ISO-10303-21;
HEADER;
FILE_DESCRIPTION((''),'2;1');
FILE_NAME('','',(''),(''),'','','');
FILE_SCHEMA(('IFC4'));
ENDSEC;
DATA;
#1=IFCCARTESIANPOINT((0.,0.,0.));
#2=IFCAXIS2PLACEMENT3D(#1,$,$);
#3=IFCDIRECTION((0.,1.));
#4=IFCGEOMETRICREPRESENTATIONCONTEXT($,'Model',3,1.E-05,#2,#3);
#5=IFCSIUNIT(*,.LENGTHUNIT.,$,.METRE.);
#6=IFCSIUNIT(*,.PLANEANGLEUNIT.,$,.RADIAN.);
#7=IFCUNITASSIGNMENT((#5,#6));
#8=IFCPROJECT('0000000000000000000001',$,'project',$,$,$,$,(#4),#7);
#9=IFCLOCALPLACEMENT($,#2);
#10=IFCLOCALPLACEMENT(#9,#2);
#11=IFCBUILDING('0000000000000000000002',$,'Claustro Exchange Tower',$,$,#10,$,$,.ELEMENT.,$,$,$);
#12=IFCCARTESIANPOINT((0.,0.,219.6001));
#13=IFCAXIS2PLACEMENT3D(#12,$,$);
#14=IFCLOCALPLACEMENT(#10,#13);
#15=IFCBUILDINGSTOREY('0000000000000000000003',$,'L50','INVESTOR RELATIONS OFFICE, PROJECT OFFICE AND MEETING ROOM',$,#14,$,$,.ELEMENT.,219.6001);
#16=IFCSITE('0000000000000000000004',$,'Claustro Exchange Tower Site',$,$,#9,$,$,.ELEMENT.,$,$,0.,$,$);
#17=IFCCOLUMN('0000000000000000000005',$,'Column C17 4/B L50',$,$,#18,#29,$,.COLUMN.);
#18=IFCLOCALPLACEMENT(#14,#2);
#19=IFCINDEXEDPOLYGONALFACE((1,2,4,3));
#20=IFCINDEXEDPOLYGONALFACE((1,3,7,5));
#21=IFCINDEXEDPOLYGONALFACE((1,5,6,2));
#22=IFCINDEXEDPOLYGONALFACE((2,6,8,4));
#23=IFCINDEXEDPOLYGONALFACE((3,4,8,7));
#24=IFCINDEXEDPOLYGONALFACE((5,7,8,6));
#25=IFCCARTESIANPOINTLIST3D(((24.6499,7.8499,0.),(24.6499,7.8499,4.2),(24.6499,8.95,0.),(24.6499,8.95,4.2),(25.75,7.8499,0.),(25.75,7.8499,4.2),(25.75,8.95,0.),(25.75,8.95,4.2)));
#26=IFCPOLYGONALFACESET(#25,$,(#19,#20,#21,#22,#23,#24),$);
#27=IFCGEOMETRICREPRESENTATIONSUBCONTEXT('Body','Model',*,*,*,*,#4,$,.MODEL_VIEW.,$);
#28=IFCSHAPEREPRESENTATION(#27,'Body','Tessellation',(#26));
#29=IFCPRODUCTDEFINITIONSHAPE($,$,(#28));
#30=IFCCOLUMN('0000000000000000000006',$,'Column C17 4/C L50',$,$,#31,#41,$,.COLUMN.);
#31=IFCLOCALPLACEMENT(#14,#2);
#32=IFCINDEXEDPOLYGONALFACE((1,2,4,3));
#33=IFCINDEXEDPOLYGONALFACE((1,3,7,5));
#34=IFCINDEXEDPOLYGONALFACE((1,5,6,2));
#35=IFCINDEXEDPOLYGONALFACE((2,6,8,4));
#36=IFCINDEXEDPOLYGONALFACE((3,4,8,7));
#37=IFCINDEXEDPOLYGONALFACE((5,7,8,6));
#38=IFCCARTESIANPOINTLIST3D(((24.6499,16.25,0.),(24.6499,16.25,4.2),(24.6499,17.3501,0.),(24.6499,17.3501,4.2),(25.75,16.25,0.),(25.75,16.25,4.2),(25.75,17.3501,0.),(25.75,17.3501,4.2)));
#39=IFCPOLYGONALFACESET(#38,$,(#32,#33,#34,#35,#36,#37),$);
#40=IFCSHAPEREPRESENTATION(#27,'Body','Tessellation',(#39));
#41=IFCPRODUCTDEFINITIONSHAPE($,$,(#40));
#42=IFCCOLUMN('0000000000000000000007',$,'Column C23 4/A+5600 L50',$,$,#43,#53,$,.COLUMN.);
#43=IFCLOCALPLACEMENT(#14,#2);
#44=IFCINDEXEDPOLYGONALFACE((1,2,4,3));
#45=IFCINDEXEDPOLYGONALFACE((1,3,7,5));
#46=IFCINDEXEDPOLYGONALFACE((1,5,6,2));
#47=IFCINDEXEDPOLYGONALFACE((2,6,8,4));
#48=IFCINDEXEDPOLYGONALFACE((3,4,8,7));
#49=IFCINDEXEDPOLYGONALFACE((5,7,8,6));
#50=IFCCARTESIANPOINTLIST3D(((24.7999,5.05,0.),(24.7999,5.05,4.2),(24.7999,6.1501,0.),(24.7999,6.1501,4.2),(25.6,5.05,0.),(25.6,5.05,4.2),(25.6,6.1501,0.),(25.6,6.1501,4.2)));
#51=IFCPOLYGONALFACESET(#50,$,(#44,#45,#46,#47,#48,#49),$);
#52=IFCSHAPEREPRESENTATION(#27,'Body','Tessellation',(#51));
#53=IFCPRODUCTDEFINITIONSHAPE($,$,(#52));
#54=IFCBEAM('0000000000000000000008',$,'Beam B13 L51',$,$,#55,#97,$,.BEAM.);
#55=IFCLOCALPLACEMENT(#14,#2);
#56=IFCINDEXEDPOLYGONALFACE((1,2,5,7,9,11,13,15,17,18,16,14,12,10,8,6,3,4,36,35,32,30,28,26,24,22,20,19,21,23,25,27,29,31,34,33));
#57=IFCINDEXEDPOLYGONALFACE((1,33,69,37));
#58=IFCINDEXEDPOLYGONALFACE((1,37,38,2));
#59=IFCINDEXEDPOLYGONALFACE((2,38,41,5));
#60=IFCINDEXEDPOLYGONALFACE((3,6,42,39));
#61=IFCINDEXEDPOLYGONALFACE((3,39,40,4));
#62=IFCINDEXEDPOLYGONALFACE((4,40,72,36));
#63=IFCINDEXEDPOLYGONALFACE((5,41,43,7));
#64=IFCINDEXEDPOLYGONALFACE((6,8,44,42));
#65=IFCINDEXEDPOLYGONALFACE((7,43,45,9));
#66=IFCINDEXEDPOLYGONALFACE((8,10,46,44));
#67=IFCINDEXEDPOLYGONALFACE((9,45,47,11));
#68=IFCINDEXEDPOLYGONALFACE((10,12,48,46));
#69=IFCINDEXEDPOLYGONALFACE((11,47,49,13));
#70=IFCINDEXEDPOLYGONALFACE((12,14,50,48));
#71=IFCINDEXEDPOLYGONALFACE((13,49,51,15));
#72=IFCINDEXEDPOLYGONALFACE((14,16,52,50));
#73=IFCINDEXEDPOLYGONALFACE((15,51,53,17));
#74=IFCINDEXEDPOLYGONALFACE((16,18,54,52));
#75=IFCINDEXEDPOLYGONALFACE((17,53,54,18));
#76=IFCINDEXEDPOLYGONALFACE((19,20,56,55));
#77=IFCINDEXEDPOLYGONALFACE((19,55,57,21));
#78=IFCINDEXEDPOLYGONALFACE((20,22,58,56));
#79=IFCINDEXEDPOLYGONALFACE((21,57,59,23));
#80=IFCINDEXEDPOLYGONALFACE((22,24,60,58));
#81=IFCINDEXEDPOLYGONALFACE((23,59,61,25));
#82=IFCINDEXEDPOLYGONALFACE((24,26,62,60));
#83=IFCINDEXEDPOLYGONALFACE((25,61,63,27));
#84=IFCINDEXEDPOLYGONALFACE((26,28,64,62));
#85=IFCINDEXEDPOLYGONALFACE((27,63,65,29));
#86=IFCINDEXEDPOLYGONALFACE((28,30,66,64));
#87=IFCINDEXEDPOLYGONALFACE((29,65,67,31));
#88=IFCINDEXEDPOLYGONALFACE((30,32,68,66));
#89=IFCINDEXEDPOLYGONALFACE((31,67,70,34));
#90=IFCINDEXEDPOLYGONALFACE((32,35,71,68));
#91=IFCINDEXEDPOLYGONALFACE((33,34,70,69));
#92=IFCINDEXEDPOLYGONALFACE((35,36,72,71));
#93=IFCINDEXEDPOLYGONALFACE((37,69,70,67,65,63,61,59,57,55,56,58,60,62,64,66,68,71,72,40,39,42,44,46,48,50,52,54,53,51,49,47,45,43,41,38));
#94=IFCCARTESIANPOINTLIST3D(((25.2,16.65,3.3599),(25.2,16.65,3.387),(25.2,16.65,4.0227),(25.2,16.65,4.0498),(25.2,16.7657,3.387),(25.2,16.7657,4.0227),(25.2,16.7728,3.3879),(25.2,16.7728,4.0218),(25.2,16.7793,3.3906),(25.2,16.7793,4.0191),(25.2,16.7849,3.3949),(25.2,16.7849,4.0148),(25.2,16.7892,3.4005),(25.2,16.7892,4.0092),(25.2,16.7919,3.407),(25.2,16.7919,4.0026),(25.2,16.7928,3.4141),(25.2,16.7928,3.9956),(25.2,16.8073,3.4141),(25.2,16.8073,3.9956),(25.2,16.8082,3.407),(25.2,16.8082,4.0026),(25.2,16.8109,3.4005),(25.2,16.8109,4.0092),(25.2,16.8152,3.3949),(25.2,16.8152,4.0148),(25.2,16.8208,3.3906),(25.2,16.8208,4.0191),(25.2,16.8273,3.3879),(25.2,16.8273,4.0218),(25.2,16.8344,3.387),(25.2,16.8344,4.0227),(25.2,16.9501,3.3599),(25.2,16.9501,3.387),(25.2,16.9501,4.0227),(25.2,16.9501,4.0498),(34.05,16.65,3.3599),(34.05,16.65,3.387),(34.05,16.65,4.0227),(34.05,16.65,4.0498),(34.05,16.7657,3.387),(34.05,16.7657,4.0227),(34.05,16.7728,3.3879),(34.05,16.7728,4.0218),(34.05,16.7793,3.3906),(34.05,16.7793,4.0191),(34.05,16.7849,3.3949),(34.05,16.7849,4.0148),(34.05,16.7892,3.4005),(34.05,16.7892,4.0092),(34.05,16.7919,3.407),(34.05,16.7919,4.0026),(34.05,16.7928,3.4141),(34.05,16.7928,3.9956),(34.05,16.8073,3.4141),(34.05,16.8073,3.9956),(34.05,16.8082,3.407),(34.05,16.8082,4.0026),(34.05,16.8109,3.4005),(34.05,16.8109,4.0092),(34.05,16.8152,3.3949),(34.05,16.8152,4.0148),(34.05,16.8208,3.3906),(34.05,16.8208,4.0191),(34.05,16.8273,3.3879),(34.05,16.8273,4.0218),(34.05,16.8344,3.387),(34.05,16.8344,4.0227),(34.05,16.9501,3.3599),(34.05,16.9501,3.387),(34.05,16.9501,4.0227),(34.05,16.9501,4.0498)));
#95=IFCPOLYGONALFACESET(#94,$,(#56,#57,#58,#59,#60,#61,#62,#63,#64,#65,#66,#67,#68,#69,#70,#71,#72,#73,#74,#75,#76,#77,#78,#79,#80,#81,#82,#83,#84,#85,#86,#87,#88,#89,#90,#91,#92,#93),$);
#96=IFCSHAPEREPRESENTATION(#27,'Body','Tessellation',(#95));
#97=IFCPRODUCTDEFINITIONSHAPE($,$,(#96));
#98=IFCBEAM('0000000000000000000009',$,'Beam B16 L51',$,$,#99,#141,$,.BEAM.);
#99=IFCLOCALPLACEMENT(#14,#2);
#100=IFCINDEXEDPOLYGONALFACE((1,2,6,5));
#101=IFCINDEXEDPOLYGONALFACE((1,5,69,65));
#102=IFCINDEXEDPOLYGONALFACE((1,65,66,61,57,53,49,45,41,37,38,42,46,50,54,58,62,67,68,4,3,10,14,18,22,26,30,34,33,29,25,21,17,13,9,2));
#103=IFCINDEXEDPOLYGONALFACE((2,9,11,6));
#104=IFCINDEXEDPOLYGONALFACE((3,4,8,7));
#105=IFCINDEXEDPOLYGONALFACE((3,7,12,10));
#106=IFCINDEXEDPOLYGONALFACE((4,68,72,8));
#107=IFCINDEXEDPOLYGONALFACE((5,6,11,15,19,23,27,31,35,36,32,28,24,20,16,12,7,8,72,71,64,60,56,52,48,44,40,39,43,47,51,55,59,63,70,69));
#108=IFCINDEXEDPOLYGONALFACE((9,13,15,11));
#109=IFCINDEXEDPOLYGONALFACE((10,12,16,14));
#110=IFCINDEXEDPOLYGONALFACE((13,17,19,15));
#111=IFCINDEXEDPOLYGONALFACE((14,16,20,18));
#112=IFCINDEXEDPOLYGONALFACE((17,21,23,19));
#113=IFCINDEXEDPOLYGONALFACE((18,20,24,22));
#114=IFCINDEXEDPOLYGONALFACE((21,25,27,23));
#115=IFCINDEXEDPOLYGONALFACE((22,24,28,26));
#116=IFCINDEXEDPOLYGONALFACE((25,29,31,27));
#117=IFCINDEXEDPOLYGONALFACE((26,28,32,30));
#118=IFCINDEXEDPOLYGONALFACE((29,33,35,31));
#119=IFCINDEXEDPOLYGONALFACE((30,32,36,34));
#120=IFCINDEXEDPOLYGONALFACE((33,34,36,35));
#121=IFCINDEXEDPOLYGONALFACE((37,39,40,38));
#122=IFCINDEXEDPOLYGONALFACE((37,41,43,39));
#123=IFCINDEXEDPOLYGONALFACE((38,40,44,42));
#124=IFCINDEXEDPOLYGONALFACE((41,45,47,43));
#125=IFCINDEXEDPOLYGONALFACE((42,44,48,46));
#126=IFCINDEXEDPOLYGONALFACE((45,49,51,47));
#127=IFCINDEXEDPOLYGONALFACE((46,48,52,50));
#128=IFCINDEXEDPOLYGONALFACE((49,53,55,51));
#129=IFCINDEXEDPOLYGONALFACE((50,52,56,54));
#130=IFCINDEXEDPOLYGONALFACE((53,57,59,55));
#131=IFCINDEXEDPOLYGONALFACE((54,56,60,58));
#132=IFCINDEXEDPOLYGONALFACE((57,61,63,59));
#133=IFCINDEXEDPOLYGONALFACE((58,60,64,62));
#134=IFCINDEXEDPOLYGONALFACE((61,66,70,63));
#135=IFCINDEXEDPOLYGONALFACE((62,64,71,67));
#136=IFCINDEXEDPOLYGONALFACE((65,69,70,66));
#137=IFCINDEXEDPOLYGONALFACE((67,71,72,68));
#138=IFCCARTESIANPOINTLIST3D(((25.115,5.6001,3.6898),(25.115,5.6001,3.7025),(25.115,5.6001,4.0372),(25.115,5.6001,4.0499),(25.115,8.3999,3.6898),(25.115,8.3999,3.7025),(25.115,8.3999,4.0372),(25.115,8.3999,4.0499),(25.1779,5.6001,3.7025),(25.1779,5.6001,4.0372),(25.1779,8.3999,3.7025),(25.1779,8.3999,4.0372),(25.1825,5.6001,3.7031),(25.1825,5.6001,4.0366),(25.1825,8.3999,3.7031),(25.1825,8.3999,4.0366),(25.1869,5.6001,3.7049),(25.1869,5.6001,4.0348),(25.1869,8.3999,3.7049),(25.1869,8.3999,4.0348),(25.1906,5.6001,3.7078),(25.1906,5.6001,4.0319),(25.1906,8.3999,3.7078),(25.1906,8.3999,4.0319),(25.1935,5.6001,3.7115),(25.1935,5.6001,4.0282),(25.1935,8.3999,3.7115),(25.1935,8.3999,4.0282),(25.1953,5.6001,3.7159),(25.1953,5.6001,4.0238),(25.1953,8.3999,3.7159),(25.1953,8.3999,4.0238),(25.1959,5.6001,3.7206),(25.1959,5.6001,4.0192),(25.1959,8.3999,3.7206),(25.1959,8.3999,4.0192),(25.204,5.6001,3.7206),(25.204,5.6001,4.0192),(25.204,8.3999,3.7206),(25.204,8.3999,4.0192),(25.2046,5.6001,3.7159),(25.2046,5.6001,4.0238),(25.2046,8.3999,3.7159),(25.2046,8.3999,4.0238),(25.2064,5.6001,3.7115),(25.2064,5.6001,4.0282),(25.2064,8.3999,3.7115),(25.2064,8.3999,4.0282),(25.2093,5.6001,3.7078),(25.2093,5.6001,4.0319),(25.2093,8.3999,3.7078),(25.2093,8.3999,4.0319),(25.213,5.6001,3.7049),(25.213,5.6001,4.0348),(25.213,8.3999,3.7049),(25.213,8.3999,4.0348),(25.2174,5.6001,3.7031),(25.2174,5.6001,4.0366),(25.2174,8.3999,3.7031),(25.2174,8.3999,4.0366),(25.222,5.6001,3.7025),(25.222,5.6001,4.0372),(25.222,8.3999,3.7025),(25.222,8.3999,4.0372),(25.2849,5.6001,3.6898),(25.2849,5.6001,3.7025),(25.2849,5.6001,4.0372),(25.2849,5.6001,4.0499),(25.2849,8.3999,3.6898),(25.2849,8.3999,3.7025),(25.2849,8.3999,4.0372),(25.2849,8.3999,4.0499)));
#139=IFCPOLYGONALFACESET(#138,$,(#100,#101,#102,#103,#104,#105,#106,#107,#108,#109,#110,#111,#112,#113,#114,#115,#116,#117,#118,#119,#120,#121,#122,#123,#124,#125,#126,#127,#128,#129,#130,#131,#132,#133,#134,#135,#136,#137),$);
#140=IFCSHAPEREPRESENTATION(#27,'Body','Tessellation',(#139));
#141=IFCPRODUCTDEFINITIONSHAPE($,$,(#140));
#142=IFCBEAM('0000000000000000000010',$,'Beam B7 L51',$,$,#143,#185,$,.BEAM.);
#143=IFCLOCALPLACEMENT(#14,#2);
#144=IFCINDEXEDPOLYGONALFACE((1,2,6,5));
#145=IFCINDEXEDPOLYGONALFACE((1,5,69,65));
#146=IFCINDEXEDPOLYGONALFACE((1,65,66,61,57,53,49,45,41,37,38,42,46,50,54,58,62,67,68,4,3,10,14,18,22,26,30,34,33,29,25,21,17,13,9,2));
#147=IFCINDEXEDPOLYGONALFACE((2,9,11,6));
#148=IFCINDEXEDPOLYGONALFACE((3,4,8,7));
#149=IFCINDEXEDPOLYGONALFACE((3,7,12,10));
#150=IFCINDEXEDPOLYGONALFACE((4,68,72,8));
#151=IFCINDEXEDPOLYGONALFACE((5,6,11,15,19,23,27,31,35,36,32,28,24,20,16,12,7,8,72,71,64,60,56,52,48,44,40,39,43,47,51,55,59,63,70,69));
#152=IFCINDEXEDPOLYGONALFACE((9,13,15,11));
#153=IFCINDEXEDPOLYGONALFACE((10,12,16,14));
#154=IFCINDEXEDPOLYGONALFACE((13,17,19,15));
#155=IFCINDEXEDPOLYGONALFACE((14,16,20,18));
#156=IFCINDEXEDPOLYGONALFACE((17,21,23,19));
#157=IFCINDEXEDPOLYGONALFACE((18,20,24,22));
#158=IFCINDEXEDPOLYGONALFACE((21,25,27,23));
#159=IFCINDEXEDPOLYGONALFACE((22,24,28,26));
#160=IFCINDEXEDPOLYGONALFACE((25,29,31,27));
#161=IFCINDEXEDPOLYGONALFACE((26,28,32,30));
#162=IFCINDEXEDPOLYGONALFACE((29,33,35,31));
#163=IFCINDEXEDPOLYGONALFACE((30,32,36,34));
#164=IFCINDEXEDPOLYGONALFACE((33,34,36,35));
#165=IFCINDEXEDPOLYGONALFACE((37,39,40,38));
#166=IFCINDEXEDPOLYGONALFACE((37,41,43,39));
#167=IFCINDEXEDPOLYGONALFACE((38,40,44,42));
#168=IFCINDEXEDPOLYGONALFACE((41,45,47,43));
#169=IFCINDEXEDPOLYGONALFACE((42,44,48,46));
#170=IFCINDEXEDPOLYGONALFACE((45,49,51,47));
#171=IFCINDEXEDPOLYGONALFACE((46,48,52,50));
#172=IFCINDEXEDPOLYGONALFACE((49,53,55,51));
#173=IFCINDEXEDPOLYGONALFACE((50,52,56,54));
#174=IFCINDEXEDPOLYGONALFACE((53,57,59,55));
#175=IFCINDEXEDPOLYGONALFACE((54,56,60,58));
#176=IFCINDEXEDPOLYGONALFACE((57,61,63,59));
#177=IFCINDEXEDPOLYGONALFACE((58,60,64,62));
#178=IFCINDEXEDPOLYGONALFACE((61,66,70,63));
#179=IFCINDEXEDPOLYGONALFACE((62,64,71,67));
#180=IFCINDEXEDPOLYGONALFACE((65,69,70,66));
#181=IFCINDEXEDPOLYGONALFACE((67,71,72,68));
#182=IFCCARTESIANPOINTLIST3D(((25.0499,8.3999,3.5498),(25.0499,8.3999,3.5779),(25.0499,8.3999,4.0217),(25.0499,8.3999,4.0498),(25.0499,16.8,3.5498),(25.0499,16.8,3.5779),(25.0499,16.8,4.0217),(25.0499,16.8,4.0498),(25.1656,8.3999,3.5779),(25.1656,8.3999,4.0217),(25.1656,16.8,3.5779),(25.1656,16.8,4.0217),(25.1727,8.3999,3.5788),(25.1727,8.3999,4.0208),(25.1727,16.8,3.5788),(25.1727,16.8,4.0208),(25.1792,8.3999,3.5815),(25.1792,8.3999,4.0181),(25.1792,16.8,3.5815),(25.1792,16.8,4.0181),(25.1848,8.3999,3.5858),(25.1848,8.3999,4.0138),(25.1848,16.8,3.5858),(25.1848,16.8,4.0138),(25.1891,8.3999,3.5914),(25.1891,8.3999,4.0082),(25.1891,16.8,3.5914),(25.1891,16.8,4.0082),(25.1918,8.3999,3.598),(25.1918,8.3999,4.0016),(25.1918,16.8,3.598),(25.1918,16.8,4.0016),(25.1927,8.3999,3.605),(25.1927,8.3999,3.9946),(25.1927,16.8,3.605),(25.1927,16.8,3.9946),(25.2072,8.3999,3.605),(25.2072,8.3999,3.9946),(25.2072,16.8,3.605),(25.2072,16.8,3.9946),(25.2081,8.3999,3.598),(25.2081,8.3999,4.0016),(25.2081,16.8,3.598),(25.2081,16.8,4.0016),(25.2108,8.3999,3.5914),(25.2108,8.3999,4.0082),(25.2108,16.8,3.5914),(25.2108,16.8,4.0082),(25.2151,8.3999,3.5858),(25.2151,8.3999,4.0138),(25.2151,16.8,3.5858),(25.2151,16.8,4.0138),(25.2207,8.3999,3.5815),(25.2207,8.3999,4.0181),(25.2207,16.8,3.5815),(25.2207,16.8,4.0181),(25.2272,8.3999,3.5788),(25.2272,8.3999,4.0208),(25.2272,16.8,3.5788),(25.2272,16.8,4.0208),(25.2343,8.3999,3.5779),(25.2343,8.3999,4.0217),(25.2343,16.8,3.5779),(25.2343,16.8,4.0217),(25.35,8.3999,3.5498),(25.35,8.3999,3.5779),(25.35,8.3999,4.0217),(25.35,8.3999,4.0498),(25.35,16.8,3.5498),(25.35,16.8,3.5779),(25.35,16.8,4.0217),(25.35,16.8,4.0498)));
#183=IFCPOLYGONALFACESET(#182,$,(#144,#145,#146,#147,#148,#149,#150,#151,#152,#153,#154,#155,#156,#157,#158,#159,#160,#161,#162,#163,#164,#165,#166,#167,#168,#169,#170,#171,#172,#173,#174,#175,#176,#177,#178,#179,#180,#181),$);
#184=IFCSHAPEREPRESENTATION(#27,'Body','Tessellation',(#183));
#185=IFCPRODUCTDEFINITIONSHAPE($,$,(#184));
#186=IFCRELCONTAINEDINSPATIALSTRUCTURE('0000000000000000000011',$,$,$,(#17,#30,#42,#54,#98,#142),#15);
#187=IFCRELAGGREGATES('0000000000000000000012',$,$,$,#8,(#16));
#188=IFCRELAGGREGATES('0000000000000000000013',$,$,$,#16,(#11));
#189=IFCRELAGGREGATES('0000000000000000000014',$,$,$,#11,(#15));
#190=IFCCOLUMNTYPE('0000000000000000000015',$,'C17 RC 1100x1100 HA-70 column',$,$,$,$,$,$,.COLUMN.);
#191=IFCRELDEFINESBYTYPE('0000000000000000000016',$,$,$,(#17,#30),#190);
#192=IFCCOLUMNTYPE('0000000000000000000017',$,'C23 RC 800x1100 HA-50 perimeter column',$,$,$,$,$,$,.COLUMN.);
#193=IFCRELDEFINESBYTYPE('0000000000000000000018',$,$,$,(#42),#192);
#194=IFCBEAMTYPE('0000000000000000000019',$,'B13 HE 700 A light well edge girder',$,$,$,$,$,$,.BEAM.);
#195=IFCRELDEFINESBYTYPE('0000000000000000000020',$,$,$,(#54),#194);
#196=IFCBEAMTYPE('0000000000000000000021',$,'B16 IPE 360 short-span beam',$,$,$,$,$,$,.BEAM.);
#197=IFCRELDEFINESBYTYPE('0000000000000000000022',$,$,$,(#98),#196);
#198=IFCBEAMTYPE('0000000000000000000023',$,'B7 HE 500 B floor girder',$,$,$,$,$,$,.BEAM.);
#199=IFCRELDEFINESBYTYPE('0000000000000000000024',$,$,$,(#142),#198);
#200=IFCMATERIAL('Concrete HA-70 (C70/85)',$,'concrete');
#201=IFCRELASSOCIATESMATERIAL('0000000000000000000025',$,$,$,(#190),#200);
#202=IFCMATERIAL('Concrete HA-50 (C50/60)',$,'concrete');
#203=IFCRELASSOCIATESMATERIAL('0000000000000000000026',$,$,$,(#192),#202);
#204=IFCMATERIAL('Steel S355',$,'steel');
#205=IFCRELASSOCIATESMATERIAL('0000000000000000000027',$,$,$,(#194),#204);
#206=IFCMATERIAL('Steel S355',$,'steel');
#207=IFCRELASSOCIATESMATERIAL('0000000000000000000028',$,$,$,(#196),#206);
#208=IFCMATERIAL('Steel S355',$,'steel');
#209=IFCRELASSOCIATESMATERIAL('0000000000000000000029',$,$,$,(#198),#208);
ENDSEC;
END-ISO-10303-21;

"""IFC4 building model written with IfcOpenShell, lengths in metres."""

from ifc_helpers import new_model, si_unit, direction, frame, origin, origin_2d, place, context, subcontext, project, spatial, rectangle, i_section, extrude, material, material_profile, profile_set, type_object, element, save


model = new_model("IFC4")

# Units and contexts
model_context = context("Model", 3, precision=1e-05, world=origin(), true_north=direction((0.0, 1.0)))
body_context = subcontext(model_context, "Body", "Model", "MODEL_VIEW")
ifc_project = project(units=[si_unit("LENGTHUNIT", "METRE"), si_unit("PLANEANGLEUNIT", "RADIAN")], contexts=[model_context])

# Site, building, storey
site_placement = place(None, origin())
site = spatial("IfcSite", under=ifc_project, at=site_placement, Name="Claustro Exchange Tower Site", CompositionType="ELEMENT", RefElevation=0.0)
building_placement = place(site_placement, origin())
building = spatial("IfcBuilding", under=site, at=building_placement, Name="Claustro Exchange Tower", CompositionType="ELEMENT")
storey_placement = place(building_placement, frame((0.0, 0.0, 219.6001)))
storey = spatial("IfcBuildingStorey", under=building, at=storey_placement, Name="L50", Description="INVESTOR RELATIONS OFFICE, PROJECT OFFICE AND MEETING ROOM", CompositionType="ELEMENT", Elevation=219.6001)

# Columns
ifc_material_1 = material(Name="Concrete HA-70 (C70/85)", Category="concrete")
ifc_material_profile_1 = material_profile(ifc_material_1, rectangle(XDim=1.1001, YDim=1.1001, at=origin_2d()), Name="RC 1100x1100")
ifc_profile_set_1 = profile_set([ifc_material_profile_1], Name="Concrete HA-70 (C70/85)")
column_type_1 = type_object("IfcColumnType", Name="C17 RC 1100x1100 HA-70 column", PredefinedType="COLUMN", material=ifc_profile_set_1)
for number, where, z_axis, x_axis, name in (
    (1, (25.2, 8.3999, 0.0), (0.0, 0.0, 1.0), (1.0, 0.0, 0.0), "Column C17 4/B L50"),
    (2, (25.2, 16.8, 0.0), (0.0, 0.0, 1.0), (1.0, 0.0, 0.0), "Column C17 4/C L50"),
):
    element("IfcColumn", number, at=place(storey_placement, frame(where, z_axis=z_axis, x_axis=x_axis)), inside=storey, type_object=column_type_1, Name=name, PredefinedType="COLUMN", context=body_context, shape_type="SweptSolid", body=[
        extrude(rectangle(XDim=1.1001, YDim=1.1001, at=origin_2d()), origin(), (0.0, 0.0, 1.0), 4.2),
    ])
ifc_material_2 = material(Name="Concrete HA-50 (C50/60)", Category="concrete")
ifc_material_profile_2 = material_profile(ifc_material_2, rectangle(XDim=0.8, YDim=1.1001, at=origin_2d()), Name="RC 800x1100")
ifc_profile_set_2 = profile_set([ifc_material_profile_2], Name="Concrete HA-50 (C50/60)")
column_type_2 = type_object("IfcColumnType", Name="C23 RC 800x1100 HA-50 perimeter column", PredefinedType="COLUMN", material=ifc_profile_set_2)
column_placement = place(storey_placement, frame((25.2, 5.6001, 0.0), z_axis=(0.0, 0.0, 1.0), x_axis=(1.0, 0.0, 0.0)))
element("IfcColumn", 3, at=column_placement, inside=storey, type_object=column_type_2, Name="Column C23 4/A+5600 L50", PredefinedType="COLUMN", context=body_context, shape_type="SweptSolid", body=[
    extrude(rectangle(XDim=0.8, YDim=1.1001, at=origin_2d()), origin(), (0.0, 0.0, 1.0), 4.2),
])

# Beams
ifc_material_3 = material(Name="Steel S355", Category="steel")
ifc_material_profile_3 = material_profile(ifc_material_3, i_section(OverallWidth=0.3, OverallDepth=0.6899, WebThickness=0.0144, FlangeThickness=0.0271, FilletRadius=0.0271, at=origin_2d()), Name="HE 700 A")
ifc_profile_set_3 = profile_set([ifc_material_profile_3], Name="Steel S355")
beam_type_1 = type_object("IfcBeamType", Name="B13 HE 700 A light well edge girder", PredefinedType="BEAM", material=ifc_profile_set_3)
beam_1_placement = place(storey_placement, frame((25.2, 16.8, 3.7048), z_axis=(1.0, 0.0, 0.0), x_axis=(0.0, 1.0, 0.0)))
element("IfcBeam", 4, at=beam_1_placement, inside=storey, type_object=beam_type_1, Name="Beam B13 L51", PredefinedType="BEAM", context=body_context, shape_type="SweptSolid", body=[
    extrude(i_section(OverallWidth=0.3, OverallDepth=0.6899, WebThickness=0.0144, FlangeThickness=0.0271, FilletRadius=0.0271, at=origin_2d()), origin(), (0.0, 0.0, 1.0), 8.8501),
])
ifc_material_4 = material(Name="Steel S355", Category="steel")
ifc_material_profile_4 = material_profile(ifc_material_4, i_section(OverallWidth=0.1699, OverallDepth=0.3601, WebThickness=0.0081, FlangeThickness=0.0127, FilletRadius=0.0181, at=origin_2d()), Name="IPE 360")
ifc_profile_set_4 = profile_set([ifc_material_profile_4], Name="Steel S355")
beam_type_2 = type_object("IfcBeamType", Name="B16 IPE 360 short-span beam", PredefinedType="BEAM", material=ifc_profile_set_4)
beam_2_placement = place(storey_placement, frame((25.2, 5.6001, 3.8699), z_axis=(0.0, 1.0, 0.0), x_axis=(-1.0, 0.0, 0.0)))
element("IfcBeam", 5, at=beam_2_placement, inside=storey, type_object=beam_type_2, Name="Beam B16 L51", PredefinedType="BEAM", context=body_context, shape_type="SweptSolid", body=[
    extrude(i_section(OverallWidth=0.1699, OverallDepth=0.3601, WebThickness=0.0081, FlangeThickness=0.0127, FilletRadius=0.0181, at=origin_2d()), origin(), (0.0, 0.0, 1.0), 2.7998),
])
ifc_material_5 = material(Name="Steel S355", Category="steel")
ifc_material_profile_5 = material_profile(ifc_material_5, i_section(OverallWidth=0.3, OverallDepth=0.5, WebThickness=0.0144, FlangeThickness=0.0281, FilletRadius=0.0271, at=origin_2d()), Name="HE 500 B")
ifc_profile_set_5 = profile_set([ifc_material_profile_5], Name="Steel S355")
beam_type_3 = type_object("IfcBeamType", Name="B7 HE 500 B floor girder", PredefinedType="BEAM", material=ifc_profile_set_5)
for number, where, z_axis, x_axis, name in (
    (6, (25.2, 8.3999, 3.7998), (0.0, 1.0, 0.0), (-1.0, 0.0, 0.0), "Beam B7 L51"),
):
    element("IfcBeam", number, at=place(storey_placement, frame(where, z_axis=z_axis, x_axis=x_axis)), inside=storey, type_object=beam_type_3, Name=name, PredefinedType="BEAM", context=body_context, shape_type="SweptSolid", body=[
        extrude(i_section(OverallWidth=0.3, OverallDepth=0.5, WebThickness=0.0144, FlangeThickness=0.0281, FilletRadius=0.0271, at=origin_2d()), origin(), (0.0, 0.0, 1.0), 8.4001),
    ])

save(model, "model.ifc")
